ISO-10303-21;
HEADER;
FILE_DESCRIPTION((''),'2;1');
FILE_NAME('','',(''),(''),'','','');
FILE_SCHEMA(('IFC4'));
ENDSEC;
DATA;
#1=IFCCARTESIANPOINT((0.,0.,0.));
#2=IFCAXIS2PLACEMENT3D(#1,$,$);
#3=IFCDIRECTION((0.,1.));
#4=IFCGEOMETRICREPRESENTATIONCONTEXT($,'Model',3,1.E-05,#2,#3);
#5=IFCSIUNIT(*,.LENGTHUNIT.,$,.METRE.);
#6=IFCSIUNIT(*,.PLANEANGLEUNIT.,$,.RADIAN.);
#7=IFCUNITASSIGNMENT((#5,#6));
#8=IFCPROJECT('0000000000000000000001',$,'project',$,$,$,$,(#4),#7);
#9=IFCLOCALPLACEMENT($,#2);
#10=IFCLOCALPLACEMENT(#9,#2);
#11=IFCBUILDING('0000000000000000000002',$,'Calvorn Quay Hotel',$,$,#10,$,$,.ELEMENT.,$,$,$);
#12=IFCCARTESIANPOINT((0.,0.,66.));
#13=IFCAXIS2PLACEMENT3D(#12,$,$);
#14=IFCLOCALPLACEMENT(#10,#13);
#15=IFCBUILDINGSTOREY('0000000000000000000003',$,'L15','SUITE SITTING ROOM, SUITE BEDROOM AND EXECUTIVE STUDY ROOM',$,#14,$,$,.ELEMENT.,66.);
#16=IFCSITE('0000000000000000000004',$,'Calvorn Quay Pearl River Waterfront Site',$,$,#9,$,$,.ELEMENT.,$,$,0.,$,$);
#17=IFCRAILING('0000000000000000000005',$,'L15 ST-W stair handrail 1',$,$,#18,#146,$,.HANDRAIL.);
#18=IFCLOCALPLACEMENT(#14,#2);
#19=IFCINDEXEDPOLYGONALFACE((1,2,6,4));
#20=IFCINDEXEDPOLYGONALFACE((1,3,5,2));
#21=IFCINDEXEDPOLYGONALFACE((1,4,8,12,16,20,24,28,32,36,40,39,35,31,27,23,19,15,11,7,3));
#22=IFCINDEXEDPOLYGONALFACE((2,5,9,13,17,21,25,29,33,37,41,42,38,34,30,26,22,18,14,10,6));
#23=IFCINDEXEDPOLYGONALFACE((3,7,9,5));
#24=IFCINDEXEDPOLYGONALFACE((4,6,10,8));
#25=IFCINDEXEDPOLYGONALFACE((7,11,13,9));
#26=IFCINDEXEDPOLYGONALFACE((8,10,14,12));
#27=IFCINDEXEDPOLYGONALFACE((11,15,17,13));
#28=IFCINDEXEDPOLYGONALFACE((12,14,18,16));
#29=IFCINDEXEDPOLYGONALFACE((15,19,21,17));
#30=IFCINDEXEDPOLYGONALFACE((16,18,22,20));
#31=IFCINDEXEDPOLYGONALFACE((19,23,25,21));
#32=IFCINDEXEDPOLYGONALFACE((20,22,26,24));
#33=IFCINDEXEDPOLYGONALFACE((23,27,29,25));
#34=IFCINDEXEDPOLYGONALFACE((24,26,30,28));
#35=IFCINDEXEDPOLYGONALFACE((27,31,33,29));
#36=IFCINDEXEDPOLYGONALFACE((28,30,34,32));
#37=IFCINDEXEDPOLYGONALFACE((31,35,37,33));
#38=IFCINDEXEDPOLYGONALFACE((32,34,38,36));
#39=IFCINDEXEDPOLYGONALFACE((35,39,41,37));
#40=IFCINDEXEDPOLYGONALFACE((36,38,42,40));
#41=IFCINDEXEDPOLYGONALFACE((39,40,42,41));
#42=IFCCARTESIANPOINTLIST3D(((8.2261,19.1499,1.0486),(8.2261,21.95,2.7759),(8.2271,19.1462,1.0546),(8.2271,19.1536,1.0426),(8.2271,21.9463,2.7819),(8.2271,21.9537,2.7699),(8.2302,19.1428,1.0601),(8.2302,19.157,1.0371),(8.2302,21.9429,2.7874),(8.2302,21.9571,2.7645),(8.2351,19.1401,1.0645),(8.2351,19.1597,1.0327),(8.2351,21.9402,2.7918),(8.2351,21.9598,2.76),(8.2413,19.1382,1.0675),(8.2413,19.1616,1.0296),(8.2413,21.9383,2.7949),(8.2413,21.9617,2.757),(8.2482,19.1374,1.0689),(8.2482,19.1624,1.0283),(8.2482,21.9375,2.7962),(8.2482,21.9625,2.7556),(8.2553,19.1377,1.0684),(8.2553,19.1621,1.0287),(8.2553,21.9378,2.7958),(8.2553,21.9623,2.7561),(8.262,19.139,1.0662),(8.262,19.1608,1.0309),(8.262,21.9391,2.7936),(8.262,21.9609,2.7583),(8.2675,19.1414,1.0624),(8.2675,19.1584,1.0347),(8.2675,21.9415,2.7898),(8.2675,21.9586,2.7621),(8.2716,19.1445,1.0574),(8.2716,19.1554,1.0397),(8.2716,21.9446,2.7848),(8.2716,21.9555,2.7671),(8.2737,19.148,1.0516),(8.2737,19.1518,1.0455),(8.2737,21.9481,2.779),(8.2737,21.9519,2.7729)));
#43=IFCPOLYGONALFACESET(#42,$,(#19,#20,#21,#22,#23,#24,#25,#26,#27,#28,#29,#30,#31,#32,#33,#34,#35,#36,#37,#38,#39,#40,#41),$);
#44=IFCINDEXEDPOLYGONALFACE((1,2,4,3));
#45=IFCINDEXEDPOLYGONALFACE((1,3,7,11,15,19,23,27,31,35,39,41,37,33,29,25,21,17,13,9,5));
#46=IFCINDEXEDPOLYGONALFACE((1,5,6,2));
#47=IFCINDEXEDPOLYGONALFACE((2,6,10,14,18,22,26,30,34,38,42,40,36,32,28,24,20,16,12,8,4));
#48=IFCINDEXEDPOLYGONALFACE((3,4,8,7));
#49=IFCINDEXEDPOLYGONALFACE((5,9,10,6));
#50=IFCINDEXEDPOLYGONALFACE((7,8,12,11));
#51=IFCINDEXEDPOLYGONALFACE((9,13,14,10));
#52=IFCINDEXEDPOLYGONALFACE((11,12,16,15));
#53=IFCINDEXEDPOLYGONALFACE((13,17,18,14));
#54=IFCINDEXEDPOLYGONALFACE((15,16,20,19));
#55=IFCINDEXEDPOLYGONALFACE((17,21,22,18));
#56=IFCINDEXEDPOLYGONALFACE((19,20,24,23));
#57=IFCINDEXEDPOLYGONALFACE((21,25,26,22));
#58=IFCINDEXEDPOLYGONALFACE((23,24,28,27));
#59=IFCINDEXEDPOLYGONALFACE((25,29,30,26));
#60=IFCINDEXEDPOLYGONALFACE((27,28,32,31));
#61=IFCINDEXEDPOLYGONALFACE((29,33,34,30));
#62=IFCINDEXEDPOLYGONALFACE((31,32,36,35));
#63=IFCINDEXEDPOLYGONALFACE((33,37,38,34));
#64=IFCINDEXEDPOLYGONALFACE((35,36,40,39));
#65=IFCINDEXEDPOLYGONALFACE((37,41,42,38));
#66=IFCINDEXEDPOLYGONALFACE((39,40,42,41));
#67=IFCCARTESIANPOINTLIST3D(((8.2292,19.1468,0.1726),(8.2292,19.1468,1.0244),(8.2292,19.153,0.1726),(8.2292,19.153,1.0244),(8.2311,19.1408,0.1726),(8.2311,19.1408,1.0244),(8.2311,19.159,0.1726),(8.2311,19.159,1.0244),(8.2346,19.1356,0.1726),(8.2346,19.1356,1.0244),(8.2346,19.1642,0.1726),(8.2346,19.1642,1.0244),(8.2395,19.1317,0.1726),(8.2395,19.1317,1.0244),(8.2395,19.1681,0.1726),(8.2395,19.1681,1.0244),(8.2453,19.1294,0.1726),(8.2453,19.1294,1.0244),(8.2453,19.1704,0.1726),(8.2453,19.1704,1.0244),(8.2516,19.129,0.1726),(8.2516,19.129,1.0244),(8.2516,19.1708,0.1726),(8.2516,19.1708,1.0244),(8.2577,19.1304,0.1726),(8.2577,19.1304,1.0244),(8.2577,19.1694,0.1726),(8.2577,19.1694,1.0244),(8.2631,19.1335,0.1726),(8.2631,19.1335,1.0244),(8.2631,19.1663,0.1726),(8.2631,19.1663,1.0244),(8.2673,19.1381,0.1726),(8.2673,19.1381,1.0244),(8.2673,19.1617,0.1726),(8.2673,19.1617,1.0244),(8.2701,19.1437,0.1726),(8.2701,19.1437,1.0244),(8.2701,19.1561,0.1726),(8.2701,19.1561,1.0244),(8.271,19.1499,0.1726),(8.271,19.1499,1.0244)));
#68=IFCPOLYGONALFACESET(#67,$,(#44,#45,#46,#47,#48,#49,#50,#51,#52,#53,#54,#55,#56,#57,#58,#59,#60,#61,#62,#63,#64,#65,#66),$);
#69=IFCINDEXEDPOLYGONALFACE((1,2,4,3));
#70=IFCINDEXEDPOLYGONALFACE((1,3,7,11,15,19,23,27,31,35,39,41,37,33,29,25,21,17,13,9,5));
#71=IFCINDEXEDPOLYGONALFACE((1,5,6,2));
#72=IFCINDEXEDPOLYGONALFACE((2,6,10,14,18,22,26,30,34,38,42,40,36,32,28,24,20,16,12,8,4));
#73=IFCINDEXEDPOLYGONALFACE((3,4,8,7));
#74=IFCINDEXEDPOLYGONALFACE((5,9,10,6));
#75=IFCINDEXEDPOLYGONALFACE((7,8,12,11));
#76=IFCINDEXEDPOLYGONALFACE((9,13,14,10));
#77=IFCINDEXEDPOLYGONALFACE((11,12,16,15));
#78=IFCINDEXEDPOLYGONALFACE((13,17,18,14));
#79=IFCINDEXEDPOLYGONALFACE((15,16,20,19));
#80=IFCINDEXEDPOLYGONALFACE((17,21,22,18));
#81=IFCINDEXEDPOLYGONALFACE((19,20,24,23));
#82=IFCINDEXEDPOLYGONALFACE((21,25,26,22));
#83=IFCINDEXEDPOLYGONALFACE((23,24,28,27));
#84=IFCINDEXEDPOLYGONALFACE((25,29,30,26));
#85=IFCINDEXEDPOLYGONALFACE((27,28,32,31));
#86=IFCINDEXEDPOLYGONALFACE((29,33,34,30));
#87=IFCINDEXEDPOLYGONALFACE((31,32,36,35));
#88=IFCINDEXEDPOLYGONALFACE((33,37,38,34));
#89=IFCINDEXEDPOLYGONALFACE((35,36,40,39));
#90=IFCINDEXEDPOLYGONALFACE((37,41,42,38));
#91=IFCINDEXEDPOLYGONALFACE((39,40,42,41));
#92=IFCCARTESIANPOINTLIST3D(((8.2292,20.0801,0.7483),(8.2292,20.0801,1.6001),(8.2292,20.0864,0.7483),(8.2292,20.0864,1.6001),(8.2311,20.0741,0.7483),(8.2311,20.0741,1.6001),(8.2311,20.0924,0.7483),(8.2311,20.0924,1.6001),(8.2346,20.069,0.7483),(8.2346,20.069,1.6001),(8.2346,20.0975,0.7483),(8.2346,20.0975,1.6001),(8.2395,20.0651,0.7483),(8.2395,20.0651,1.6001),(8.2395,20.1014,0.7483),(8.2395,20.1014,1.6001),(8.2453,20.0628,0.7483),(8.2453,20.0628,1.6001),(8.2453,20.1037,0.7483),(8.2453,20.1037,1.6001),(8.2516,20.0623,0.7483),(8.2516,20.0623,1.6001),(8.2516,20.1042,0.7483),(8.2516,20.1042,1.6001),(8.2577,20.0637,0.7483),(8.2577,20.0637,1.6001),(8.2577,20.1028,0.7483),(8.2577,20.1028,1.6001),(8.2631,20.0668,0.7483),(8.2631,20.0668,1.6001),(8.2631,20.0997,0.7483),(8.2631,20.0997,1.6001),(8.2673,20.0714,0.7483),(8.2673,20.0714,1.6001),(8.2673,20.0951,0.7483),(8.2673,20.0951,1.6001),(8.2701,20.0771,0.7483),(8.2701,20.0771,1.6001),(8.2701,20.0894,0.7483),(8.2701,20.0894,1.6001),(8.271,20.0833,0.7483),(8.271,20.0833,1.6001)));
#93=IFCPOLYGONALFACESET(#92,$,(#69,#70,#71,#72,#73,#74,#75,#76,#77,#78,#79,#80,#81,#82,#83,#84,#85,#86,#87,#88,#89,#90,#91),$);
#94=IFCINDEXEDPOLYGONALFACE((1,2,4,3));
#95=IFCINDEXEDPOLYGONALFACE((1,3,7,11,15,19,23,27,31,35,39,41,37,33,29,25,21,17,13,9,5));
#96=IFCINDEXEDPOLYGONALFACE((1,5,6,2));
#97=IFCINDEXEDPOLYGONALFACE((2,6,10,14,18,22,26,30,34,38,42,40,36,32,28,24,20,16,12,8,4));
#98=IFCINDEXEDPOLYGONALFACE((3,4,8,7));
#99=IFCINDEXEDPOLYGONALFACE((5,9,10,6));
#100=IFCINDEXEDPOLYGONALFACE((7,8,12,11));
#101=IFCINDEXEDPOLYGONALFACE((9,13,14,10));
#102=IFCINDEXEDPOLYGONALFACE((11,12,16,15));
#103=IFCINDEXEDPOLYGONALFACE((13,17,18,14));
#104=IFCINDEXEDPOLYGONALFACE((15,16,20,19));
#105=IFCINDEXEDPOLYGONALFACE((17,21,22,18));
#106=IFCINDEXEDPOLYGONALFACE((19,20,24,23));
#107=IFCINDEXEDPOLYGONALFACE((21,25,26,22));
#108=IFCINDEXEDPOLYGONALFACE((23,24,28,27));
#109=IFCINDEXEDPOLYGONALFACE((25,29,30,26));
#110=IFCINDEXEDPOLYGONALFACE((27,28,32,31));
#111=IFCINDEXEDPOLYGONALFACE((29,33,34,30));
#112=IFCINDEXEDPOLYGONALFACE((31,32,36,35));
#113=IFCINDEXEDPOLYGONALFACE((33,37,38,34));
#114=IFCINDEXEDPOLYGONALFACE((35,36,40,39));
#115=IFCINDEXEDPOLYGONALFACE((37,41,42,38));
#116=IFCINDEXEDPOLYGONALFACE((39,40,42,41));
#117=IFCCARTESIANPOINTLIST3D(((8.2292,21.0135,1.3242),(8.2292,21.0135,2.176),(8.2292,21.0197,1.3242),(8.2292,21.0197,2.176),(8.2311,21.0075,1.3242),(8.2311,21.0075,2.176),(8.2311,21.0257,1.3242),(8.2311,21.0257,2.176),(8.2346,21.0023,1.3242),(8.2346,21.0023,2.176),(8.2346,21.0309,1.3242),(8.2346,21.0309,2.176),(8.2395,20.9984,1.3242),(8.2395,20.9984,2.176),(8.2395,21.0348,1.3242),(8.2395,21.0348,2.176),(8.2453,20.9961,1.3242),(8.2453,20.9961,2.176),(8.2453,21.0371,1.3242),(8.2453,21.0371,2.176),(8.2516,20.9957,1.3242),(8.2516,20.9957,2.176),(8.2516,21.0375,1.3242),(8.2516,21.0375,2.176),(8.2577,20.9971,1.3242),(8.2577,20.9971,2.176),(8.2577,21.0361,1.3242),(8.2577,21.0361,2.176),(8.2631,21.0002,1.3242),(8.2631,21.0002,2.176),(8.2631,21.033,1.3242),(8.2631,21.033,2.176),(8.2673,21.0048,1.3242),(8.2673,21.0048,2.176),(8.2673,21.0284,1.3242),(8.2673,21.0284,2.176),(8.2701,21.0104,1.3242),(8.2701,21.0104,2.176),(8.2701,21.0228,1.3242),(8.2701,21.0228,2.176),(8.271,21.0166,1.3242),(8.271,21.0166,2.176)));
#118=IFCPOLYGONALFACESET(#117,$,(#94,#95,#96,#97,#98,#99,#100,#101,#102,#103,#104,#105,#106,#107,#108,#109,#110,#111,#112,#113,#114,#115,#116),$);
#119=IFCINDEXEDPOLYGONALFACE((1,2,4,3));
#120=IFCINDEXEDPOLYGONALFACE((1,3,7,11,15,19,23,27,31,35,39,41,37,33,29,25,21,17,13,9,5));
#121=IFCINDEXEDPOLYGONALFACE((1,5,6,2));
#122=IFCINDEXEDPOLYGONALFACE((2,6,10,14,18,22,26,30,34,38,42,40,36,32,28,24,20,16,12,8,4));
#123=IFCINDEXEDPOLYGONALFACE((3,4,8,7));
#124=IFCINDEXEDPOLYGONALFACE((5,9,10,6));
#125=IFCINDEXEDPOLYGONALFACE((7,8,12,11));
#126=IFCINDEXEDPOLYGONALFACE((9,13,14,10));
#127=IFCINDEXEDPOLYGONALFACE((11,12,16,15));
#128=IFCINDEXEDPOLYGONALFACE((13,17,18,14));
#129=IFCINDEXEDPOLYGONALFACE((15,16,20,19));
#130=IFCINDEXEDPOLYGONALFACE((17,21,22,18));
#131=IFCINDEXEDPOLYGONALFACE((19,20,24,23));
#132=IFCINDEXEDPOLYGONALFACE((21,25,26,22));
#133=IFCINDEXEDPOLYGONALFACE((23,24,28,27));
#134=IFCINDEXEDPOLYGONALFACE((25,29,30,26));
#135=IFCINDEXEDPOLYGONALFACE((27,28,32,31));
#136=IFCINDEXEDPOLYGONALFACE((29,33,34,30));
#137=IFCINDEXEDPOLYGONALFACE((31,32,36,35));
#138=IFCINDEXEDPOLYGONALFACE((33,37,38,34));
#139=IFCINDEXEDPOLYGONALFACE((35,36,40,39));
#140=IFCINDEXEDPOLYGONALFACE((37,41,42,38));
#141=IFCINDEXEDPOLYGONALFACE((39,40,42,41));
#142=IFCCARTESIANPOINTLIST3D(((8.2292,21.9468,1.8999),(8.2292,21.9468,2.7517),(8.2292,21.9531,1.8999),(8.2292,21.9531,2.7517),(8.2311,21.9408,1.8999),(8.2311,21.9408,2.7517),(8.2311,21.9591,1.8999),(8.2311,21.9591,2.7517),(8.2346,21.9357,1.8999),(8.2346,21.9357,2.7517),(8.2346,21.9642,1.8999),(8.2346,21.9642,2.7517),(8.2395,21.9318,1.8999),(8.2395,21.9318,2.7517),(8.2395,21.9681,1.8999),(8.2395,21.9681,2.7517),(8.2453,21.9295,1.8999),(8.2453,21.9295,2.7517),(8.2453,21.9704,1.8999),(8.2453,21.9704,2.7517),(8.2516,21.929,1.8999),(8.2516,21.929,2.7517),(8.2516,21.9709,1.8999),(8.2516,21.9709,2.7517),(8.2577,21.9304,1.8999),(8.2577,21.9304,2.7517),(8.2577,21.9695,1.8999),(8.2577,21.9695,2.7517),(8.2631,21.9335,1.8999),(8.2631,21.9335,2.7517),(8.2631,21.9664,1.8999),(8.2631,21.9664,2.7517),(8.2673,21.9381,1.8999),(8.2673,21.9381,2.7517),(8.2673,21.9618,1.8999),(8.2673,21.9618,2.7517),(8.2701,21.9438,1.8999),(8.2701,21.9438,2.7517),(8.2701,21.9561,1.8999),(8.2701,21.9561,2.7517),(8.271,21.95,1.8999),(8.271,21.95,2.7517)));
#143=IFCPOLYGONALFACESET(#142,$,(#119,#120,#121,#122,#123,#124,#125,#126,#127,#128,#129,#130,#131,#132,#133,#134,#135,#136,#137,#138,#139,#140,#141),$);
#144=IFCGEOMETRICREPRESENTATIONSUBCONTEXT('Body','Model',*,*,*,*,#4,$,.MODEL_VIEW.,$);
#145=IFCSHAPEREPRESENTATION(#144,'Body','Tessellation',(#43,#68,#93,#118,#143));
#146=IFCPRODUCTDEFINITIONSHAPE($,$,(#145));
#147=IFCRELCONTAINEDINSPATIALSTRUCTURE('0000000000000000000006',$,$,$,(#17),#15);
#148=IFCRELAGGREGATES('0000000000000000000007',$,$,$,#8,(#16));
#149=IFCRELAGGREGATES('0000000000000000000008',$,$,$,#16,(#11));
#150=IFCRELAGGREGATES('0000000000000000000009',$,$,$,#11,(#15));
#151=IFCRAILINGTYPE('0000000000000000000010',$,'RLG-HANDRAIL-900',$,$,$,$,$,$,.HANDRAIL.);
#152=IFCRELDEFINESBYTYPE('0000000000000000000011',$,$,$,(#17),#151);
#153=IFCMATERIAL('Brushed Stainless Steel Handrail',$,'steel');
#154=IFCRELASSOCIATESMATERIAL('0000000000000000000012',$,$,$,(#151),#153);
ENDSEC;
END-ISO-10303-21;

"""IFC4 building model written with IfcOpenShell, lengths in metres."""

from ifc_helpers import new_model, si_unit, direction, frame, origin, origin_2d, place, context, subcontext, project, spatial, circle, extrude, material, type_object, element, save


model = new_model("IFC4")

# Units and contexts
model_context = context("Model", 3, precision=1e-05, world=origin(), true_north=direction((0.0, 1.0)))
body_context = subcontext(model_context, "Body", "Model", "MODEL_VIEW")
ifc_project = project(units=[si_unit("LENGTHUNIT", "METRE"), si_unit("PLANEANGLEUNIT", "RADIAN")], contexts=[model_context])

# Site, building, storey
site_placement = place(None, origin())
site = spatial("IfcSite", under=ifc_project, at=site_placement, Name="Calvorn Quay Pearl River Waterfront Site", CompositionType="ELEMENT", RefElevation=0.0)
building_placement = place(site_placement, origin())
building = spatial("IfcBuilding", under=site, at=building_placement, Name="Calvorn Quay Hotel", CompositionType="ELEMENT")
storey_placement = place(building_placement, frame((0.0, 0.0, 66.0)))
storey = spatial("IfcBuildingStorey", under=building, at=storey_placement, Name="L15", Description="SUITE SITTING ROOM, SUITE BEDROOM AND EXECUTIVE STUDY ROOM", CompositionType="ELEMENT", Elevation=66.0)

# Railing
ifc_material_1 = material(Name="Brushed Stainless Steel Handrail", Category="steel")
railing_type_1 = type_object("IfcRailingType", Name="RLG-HANDRAIL-900", PredefinedType="HANDRAIL", material=ifc_material_1)
railing_1_placement = place(storey_placement, frame((8.25, 19.1499, 0.1726)))
element("IfcRailing", 1, at=railing_1_placement, inside=storey, type_object=railing_type_1, Name="L15 ST-W stair handrail 1", PredefinedType="HANDRAIL", context=body_context, shape_type="SweptSolid", body=[
    extrude(circle(Radius=0.0239, at=origin_2d()), frame((0.0, 0.0, 0.876), z_axis=(0.0, 0.85109, 0.52502), x_axis=(-1.0, 0.0, 0.0)), (0.0, 0.0, 1.0), 3.29),
    extrude(circle(Radius=0.021, at=origin_2d()), origin(), (0.0, 0.0, 1.0), 0.8518),
    extrude(circle(Radius=0.021, at=origin_2d()), frame((0.0, 0.9333, 0.5757)), (0.0, 0.0, 1.0), 0.8518),
    extrude(circle(Radius=0.021, at=origin_2d()), frame((0.0, 1.8667, 1.1516)), (0.0, 0.0, 1.0), 0.8518),
    extrude(circle(Radius=0.021, at=origin_2d()), frame((0.0, 2.8, 1.7273)), (0.0, 0.0, 1.0), 0.8518),
])

save(model, "model.ifc")
